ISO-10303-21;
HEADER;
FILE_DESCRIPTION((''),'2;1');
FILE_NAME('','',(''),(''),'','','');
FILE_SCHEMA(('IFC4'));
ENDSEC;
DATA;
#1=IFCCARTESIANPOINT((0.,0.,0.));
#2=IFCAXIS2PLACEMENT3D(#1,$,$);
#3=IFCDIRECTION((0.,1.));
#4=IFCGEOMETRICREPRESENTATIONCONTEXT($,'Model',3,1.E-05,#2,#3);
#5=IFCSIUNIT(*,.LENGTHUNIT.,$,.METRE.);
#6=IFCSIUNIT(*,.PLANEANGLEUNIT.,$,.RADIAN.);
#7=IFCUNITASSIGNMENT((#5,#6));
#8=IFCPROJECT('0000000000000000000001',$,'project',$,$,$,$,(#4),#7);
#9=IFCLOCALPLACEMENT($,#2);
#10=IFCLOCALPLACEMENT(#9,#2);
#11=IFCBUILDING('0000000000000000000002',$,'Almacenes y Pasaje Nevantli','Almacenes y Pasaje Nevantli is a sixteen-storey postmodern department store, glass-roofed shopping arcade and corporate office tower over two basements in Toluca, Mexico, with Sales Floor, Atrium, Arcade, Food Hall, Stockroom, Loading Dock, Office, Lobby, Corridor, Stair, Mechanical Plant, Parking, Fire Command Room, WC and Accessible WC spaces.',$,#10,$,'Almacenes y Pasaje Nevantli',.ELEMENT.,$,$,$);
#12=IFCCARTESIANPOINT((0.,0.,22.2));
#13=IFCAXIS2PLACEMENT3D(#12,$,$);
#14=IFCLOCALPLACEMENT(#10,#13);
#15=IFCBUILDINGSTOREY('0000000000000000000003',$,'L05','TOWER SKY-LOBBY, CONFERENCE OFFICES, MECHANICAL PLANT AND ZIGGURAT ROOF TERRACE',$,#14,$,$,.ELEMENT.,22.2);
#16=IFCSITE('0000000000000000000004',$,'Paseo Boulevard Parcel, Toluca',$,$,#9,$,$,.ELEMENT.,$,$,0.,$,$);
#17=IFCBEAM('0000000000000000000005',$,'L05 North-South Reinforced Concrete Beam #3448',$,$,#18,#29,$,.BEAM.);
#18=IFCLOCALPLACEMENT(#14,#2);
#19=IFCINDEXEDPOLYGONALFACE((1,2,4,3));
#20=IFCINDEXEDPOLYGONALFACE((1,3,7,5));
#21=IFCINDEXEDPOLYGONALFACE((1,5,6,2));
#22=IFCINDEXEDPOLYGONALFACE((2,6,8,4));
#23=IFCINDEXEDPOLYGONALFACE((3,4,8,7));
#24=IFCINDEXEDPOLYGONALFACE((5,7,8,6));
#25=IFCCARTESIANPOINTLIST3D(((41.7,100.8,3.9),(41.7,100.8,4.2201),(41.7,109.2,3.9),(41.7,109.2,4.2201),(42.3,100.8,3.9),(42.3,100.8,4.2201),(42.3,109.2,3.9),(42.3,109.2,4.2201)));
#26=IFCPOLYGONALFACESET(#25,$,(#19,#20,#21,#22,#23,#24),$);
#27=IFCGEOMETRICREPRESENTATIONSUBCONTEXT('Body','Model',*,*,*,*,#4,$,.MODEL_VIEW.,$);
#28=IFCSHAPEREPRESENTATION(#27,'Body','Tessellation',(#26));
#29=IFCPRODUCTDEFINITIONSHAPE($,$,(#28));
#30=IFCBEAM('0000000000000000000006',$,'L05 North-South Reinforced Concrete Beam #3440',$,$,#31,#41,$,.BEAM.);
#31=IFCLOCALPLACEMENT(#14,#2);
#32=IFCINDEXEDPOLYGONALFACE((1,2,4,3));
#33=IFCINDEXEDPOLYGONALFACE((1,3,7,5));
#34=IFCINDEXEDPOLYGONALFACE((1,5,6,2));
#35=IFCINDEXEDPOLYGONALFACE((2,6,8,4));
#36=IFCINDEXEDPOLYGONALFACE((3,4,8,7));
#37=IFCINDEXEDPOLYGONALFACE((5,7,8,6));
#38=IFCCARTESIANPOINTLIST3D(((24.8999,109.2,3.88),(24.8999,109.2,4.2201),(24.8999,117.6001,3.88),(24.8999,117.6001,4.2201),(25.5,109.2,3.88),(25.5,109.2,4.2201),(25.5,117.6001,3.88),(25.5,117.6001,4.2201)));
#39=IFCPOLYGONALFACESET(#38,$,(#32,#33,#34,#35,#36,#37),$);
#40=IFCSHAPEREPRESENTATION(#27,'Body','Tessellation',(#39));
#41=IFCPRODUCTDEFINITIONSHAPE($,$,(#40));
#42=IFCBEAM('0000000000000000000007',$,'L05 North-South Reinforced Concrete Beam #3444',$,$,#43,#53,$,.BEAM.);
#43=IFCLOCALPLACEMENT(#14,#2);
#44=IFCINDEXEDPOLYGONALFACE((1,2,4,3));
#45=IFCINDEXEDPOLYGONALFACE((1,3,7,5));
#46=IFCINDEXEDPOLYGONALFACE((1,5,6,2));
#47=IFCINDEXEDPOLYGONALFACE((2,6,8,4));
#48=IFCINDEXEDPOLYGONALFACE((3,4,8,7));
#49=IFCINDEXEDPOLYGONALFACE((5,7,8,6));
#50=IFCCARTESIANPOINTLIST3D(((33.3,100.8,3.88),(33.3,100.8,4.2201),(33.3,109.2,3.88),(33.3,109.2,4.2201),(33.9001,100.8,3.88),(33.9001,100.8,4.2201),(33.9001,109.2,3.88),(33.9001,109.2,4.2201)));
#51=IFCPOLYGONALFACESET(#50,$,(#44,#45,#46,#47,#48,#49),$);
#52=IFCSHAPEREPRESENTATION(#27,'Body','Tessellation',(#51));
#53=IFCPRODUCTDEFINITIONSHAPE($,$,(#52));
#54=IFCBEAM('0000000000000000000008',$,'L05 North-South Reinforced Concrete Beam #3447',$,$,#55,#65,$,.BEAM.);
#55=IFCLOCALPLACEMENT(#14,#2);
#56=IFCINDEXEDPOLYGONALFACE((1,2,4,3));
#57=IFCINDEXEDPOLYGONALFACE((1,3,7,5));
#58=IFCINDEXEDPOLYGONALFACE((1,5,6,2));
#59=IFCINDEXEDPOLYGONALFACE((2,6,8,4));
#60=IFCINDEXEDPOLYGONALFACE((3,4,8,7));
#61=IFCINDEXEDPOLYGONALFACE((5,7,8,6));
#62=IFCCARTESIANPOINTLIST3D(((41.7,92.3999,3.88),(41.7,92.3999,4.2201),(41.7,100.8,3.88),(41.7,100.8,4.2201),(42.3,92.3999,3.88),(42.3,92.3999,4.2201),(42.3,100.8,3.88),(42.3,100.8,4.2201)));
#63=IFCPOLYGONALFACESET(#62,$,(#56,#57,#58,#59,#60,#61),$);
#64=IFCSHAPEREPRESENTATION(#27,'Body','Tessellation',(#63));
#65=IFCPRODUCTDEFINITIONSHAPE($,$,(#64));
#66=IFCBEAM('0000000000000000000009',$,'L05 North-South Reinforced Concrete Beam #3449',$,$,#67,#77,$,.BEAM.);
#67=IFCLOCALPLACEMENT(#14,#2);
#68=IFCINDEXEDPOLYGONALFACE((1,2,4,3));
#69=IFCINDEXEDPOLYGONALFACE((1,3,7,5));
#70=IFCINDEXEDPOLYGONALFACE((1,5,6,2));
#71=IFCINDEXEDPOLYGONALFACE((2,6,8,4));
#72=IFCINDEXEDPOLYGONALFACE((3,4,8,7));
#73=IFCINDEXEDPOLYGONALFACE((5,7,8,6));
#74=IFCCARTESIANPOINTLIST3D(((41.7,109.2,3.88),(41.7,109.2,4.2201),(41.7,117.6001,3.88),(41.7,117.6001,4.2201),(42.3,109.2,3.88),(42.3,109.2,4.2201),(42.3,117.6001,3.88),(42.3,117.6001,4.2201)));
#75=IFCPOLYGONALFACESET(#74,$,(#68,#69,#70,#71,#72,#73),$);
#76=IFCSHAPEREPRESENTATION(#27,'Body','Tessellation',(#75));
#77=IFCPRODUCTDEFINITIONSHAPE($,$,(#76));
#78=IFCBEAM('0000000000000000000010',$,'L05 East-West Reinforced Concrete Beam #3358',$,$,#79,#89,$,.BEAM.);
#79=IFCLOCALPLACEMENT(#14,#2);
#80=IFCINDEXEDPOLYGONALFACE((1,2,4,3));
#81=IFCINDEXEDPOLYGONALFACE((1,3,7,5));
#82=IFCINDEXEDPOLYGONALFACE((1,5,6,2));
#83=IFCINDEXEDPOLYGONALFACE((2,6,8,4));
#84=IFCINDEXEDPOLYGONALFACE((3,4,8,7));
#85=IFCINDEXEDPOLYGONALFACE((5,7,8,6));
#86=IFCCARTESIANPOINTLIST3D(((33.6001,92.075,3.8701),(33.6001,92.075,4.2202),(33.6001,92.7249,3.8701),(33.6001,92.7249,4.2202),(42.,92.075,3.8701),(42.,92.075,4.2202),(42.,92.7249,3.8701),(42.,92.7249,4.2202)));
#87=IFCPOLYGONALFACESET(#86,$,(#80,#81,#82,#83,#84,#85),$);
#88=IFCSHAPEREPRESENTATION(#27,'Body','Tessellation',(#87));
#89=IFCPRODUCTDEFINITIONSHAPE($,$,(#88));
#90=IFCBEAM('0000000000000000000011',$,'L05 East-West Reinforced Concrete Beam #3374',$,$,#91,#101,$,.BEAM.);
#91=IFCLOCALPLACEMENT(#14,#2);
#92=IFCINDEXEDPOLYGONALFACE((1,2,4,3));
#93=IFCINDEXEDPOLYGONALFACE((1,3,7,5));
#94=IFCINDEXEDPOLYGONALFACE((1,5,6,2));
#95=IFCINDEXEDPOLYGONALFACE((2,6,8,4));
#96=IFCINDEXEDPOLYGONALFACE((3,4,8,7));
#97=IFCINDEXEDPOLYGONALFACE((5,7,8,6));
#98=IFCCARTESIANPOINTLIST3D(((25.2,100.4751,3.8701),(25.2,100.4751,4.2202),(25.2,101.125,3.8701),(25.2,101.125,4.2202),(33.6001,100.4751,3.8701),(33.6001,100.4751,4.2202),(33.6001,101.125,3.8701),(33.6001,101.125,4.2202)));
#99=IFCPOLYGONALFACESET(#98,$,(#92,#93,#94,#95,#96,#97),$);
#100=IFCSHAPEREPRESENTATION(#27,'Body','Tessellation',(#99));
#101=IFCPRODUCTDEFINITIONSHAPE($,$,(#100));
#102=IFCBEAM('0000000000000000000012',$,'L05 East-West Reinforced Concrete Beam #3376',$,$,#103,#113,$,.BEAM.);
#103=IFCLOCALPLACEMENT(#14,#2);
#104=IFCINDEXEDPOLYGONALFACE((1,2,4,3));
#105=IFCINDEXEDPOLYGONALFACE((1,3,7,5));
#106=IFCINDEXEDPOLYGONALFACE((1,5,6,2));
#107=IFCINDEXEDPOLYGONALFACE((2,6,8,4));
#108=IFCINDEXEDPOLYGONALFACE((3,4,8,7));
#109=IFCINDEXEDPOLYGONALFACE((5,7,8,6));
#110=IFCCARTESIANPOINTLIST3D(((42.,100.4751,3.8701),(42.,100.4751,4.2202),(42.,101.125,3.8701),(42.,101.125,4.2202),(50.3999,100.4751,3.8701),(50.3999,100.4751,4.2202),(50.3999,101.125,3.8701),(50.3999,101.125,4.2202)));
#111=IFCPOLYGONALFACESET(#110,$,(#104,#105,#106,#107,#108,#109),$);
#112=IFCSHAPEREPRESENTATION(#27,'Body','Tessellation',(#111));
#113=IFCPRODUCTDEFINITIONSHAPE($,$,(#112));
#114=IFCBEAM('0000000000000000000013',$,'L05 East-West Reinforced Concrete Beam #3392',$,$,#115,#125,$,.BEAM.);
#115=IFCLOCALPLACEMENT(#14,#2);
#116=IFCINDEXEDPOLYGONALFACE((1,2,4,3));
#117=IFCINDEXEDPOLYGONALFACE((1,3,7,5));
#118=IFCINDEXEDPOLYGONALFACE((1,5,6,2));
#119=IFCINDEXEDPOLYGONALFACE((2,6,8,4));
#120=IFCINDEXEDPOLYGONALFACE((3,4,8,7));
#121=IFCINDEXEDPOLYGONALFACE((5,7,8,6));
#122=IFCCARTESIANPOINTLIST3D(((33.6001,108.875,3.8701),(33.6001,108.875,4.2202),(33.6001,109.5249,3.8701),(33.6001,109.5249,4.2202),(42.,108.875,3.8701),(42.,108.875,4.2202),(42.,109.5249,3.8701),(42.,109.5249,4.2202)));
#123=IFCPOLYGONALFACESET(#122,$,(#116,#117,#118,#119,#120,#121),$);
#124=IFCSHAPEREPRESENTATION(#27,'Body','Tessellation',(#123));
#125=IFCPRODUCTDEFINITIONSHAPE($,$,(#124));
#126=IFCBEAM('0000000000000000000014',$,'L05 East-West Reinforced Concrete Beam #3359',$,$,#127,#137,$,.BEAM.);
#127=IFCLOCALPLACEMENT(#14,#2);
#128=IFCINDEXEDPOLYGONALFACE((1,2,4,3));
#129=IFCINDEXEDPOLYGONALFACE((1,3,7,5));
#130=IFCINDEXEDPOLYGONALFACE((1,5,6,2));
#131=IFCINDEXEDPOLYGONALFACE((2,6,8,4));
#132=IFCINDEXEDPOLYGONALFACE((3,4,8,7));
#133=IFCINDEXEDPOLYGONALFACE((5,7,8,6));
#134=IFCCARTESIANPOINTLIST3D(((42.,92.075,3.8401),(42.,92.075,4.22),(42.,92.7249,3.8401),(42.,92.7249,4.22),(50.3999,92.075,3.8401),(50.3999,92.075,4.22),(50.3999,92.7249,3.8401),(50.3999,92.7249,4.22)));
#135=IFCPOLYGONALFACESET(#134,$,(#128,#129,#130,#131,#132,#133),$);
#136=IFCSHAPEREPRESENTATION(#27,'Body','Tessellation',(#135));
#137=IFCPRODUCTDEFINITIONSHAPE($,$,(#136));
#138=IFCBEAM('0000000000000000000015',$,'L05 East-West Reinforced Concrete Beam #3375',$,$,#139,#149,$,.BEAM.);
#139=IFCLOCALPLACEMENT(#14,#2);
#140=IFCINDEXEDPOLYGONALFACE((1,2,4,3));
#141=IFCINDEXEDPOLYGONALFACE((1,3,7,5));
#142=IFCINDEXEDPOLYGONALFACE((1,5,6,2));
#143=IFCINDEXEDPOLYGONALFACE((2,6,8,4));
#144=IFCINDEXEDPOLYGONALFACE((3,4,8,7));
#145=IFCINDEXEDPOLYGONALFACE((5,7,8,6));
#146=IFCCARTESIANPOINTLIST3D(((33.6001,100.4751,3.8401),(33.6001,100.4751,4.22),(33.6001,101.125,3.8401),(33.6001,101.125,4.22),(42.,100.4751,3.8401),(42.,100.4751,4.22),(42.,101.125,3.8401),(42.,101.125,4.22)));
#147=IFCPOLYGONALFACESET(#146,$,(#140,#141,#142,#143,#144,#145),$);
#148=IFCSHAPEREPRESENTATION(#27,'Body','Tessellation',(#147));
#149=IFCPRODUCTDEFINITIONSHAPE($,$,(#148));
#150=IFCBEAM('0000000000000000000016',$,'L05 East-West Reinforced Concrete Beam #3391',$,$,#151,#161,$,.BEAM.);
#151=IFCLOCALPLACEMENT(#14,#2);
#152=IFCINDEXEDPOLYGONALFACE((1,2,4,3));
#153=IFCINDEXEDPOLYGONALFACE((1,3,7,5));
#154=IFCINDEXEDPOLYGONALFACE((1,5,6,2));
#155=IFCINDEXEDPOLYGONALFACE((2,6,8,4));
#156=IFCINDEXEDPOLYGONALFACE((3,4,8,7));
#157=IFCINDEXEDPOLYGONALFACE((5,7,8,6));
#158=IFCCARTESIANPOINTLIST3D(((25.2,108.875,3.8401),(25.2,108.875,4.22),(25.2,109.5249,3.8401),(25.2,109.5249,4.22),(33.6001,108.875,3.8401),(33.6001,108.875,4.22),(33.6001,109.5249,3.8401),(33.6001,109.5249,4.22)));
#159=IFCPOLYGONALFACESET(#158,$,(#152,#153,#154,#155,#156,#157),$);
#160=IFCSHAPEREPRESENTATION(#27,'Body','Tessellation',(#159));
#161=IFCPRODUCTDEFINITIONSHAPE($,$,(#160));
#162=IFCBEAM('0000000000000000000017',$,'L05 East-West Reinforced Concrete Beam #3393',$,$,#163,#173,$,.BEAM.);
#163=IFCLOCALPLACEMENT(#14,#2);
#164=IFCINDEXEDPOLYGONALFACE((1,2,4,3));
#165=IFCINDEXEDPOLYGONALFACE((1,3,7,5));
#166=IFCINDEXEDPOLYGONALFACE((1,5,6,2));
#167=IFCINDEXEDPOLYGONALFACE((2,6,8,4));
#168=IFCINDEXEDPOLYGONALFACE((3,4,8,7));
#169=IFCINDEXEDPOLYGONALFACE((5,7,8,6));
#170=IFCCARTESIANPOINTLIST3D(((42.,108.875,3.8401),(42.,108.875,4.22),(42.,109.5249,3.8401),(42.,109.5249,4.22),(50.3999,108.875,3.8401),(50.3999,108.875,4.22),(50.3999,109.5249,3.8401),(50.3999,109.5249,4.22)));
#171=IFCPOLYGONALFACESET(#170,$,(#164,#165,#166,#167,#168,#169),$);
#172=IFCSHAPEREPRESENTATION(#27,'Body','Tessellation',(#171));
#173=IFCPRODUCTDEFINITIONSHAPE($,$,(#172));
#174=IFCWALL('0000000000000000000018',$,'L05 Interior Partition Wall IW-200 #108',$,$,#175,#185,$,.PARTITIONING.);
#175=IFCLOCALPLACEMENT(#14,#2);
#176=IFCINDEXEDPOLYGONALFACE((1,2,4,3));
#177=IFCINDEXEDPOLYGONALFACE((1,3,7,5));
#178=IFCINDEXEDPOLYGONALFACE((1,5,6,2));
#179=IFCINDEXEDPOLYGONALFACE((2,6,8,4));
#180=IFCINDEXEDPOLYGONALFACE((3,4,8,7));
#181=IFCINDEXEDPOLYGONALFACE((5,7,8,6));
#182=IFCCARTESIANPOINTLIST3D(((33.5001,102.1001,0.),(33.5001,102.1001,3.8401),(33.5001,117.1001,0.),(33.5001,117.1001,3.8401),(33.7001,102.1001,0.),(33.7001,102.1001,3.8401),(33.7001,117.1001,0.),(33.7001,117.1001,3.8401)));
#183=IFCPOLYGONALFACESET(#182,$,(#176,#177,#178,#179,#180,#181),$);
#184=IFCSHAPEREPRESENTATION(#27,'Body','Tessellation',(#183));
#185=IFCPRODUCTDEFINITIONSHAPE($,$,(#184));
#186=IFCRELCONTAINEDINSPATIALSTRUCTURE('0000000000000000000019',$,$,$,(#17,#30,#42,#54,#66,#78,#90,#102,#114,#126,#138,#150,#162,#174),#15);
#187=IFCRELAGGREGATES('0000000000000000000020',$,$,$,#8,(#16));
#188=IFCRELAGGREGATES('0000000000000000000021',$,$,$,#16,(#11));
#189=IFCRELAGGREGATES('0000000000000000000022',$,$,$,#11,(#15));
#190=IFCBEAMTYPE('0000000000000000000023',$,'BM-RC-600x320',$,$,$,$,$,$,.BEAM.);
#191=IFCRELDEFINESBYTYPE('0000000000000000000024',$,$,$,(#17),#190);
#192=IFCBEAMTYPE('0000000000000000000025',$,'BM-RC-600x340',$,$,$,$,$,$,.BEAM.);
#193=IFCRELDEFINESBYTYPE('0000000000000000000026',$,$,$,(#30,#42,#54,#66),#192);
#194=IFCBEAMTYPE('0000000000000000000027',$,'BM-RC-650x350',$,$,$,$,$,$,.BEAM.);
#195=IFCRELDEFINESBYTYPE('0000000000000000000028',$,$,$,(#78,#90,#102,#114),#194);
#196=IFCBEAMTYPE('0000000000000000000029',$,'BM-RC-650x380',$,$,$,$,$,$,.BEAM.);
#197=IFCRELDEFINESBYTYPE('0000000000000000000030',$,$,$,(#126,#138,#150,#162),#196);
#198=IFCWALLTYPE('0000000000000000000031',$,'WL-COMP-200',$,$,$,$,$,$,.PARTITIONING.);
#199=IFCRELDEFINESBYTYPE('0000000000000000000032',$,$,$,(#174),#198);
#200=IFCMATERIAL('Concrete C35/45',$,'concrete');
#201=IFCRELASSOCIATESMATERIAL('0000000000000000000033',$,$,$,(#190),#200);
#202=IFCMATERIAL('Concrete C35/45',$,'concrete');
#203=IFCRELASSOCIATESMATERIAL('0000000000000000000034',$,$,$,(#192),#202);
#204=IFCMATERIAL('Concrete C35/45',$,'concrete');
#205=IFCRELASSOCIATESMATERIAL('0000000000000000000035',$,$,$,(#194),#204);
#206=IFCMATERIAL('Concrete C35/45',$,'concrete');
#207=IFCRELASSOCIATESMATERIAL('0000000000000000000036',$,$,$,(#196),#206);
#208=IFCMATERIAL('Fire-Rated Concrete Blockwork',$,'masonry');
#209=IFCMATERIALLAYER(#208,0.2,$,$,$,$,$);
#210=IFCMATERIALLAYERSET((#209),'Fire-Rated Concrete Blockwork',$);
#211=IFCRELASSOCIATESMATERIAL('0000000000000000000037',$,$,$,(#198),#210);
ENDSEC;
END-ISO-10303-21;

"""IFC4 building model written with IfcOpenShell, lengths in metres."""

from ifc_helpers import new_model, si_unit, direction, frame, frame_2d, origin, origin_2d, place, context, subcontext, project, spatial, rectangle, extrude, material, layer, layer_set, material_profile, profile_set, type_object, element, save


model = new_model("IFC4")

# Units and contexts
model_context = context("Model", 3, precision=1e-05, world=origin(), true_north=direction((0.0, 1.0)))
body_context = subcontext(model_context, "Body", "Model", "MODEL_VIEW")
ifc_project = project(units=[si_unit("LENGTHUNIT", "METRE"), si_unit("PLANEANGLEUNIT", "RADIAN")], contexts=[model_context])

# Site, building, storey
site_placement = place(None, origin())
site = spatial("IfcSite", under=ifc_project, at=site_placement, Name="Paseo Boulevard Parcel, Toluca", CompositionType="ELEMENT", RefElevation=0.0)
building_placement = place(site_placement, origin())
building = spatial("IfcBuilding", under=site, at=building_placement, Name="Almacenes y Pasaje Nevantli", Description="Almacenes y Pasaje Nevantli is a sixteen-storey postmodern department store, glass-roofed shopping arcade and corporate office tower over two basements in Toluca, Mexico, with Sales Floor, Atrium, Arcade, Food Hall, Stockroom, Loading Dock, Office, Lobby, Corridor, Stair, Mechanical Plant, Parking, Fire Command Room, WC and Accessible WC spaces.", LongName="Almacenes y Pasaje Nevantli", CompositionType="ELEMENT")
storey_placement = place(building_placement, frame((0.0, 0.0, 22.2)))
storey = spatial("IfcBuildingStorey", under=building, at=storey_placement, Name="L05", Description="TOWER SKY-LOBBY, CONFERENCE OFFICES, MECHANICAL PLANT AND ZIGGURAT ROOF TERRACE", CompositionType="ELEMENT", Elevation=22.2)

# Beams
ifc_material_1 = material(Name="Concrete C35/45", Category="concrete")
ifc_material_profile_1 = material_profile(ifc_material_1, rectangle(XDim=0.6001, YDim=0.3201, at=origin_2d()), Name="RC-BM-600x320")
ifc_profile_set_1 = profile_set([ifc_material_profile_1], Name="Concrete C35/45")
beam_type_1 = type_object("IfcBeamType", Name="BM-RC-600x320", PredefinedType="BEAM", material=ifc_profile_set_1)
beam_1_placement = place(storey_placement, frame((42.0, 100.8, 4.0601), z_axis=(0.0, 1.0, 0.0), x_axis=(-1.0, 0.0, 0.0)))
element("IfcBeam", 1, at=beam_1_placement, inside=storey, type_object=beam_type_1, Name="L05 North-South Reinforced Concrete Beam #3448", PredefinedType="BEAM", context=body_context, shape_type="SweptSolid", body=[
    extrude(rectangle(XDim=0.6001, YDim=0.3201, at=origin_2d()), origin(), (0.0, 0.0, 1.0), 8.3999),
])
ifc_material_2 = material(Name="Concrete C35/45", Category="concrete")
ifc_material_profile_2 = material_profile(ifc_material_2, rectangle(XDim=0.6001, YDim=0.3401, at=origin_2d()), Name="RC-BM-600x340")
ifc_profile_set_2 = profile_set([ifc_material_profile_2], Name="Concrete C35/45")
beam_type_2 = type_object("IfcBeamType", Name="BM-RC-600x340", PredefinedType="BEAM", material=ifc_profile_set_2)
beam_2_placement = place(storey_placement, frame((25.2, 109.2, 4.05), z_axis=(0.0, 1.0, 0.0), x_axis=(-1.0, 0.0, 0.0)))
element("IfcBeam", 2, at=beam_2_placement, inside=storey, type_object=beam_type_2, Name="L05 North-South Reinforced Concrete Beam #3440", PredefinedType="BEAM", context=body_context, shape_type="SweptSolid", body=[
    extrude(rectangle(XDim=0.6001, YDim=0.3401, at=origin_2d()), origin(), (0.0, 0.0, 1.0), 8.4001),
])
beam_3_placement = place(storey_placement, frame((33.6001, 100.8, 4.05), z_axis=(0.0, 1.0, 0.0), x_axis=(-1.0, 0.0, 0.0)))
element("IfcBeam", 3, at=beam_3_placement, inside=storey, type_object=beam_type_2, Name="L05 North-South Reinforced Concrete Beam #3444", PredefinedType="BEAM", context=body_context, shape_type="SweptSolid", body=[
    extrude(rectangle(XDim=0.6001, YDim=0.3401, at=origin_2d()), origin(), (0.0, 0.0, 1.0), 8.3999),
])
for number, where, z_axis, x_axis, name in (
    (4, (42.0, 92.3999, 4.05), (0.0, 1.0, 0.0), (-1.0, 0.0, 0.0), "L05 North-South Reinforced Concrete Beam #3447"),
    (5, (42.0, 109.2, 4.05), (0.0, 1.0, 0.0), (-1.0, 0.0, 0.0), "L05 North-South Reinforced Concrete Beam #3449"),
):
    element("IfcBeam", number, at=place(storey_placement, frame(where, z_axis=z_axis, x_axis=x_axis)), inside=storey, type_object=beam_type_2, Name=name, PredefinedType="BEAM", context=body_context, shape_type="SweptSolid", body=[
        extrude(rectangle(XDim=0.6001, YDim=0.3401, at=origin_2d()), origin(), (0.0, 0.0, 1.0), 8.4001),
    ])
ifc_material_3 = material(Name="Concrete C35/45", Category="concrete")
ifc_material_profile_3 = material_profile(ifc_material_3, rectangle(XDim=0.6499, YDim=0.3501, at=origin_2d()), Name="RC-BM-650x350")
ifc_profile_set_3 = profile_set([ifc_material_profile_3], Name="Concrete C35/45")
beam_type_3 = type_object("IfcBeamType", Name="BM-RC-650x350", PredefinedType="BEAM", material=ifc_profile_set_3)
beam_4_placement = place(storey_placement, frame((33.6001, 92.3999, 4.0452), z_axis=(1.0, 0.0, 0.0), x_axis=(0.0, 1.0, 0.0)))
element("IfcBeam", 6, at=beam_4_placement, inside=storey, type_object=beam_type_3, Name="L05 East-West Reinforced Concrete Beam #3358", PredefinedType="BEAM", context=body_context, shape_type="SweptSolid", body=[
    extrude(rectangle(XDim=0.6499, YDim=0.3501, at=origin_2d()), origin(), (0.0, 0.0, 1.0), 8.3999),
])
beam_5_placement = place(storey_placement, frame((25.2, 100.8, 4.0452), z_axis=(1.0, 0.0, 0.0), x_axis=(0.0, 1.0, 0.0)))
element("IfcBeam", 7, at=beam_5_placement, inside=storey, type_object=beam_type_3, Name="L05 East-West Reinforced Concrete Beam #3374", PredefinedType="BEAM", context=body_context, shape_type="SweptSolid", body=[
    extrude(rectangle(XDim=0.6499, YDim=0.3501, at=origin_2d()), origin(), (0.0, 0.0, 1.0), 8.4001),
])
for number, where, z_axis, x_axis, name in (
    (8, (42.0, 100.8, 4.0452), (1.0, 0.0, 0.0), (0.0, 1.0, 0.0), "L05 East-West Reinforced Concrete Beam #3376"),
    (9, (33.6001, 109.2, 4.0452), (1.0, 0.0, 0.0), (0.0, 1.0, 0.0), "L05 East-West Reinforced Concrete Beam #3392"),
):
    element("IfcBeam", number, at=place(storey_placement, frame(where, z_axis=z_axis, x_axis=x_axis)), inside=storey, type_object=beam_type_3, Name=name, PredefinedType="BEAM", context=body_context, shape_type="SweptSolid", body=[
        extrude(rectangle(XDim=0.6499, YDim=0.3501, at=origin_2d()), origin(), (0.0, 0.0, 1.0), 8.3999),
    ])
ifc_material_4 = material(Name="Concrete C35/45", Category="concrete")
ifc_material_profile_4 = material_profile(ifc_material_4, rectangle(XDim=0.6499, YDim=0.3799, at=origin_2d()), Name="RC-BM-650x380")
ifc_profile_set_4 = profile_set([ifc_material_profile_4], Name="Concrete C35/45")
beam_type_4 = type_object("IfcBeamType", Name="BM-RC-650x380", PredefinedType="BEAM", material=ifc_profile_set_4)
for number, where, z_axis, x_axis, name in (
    (10, (42.0, 92.3999, 4.03), (1.0, 0.0, 0.0), (0.0, 1.0, 0.0), "L05 East-West Reinforced Concrete Beam #3359"),
    (11, (33.6001, 100.8, 4.03), (1.0, 0.0, 0.0), (0.0, 1.0, 0.0), "L05 East-West Reinforced Concrete Beam #3375"),
):
    element("IfcBeam", number, at=place(storey_placement, frame(where, z_axis=z_axis, x_axis=x_axis)), inside=storey, type_object=beam_type_4, Name=name, PredefinedType="BEAM", context=body_context, shape_type="SweptSolid", body=[
        extrude(rectangle(XDim=0.6499, YDim=0.3799, at=origin_2d()), origin(), (0.0, 0.0, 1.0), 8.3999),
    ])
beam_6_placement = place(storey_placement, frame((25.2, 109.2, 4.03), z_axis=(1.0, 0.0, 0.0), x_axis=(0.0, 1.0, 0.0)))
element("IfcBeam", 12, at=beam_6_placement, inside=storey, type_object=beam_type_4, Name="L05 East-West Reinforced Concrete Beam #3391", PredefinedType="BEAM", context=body_context, shape_type="SweptSolid", body=[
    extrude(rectangle(XDim=0.6499, YDim=0.3799, at=origin_2d()), origin(), (0.0, 0.0, 1.0), 8.4001),
])
beam_7_placement = place(storey_placement, frame((42.0, 109.2, 4.03), z_axis=(1.0, 0.0, 0.0), x_axis=(0.0, 1.0, 0.0)))
element("IfcBeam", 13, at=beam_7_placement, inside=storey, type_object=beam_type_4, Name="L05 East-West Reinforced Concrete Beam #3393", PredefinedType="BEAM", context=body_context, shape_type="SweptSolid", body=[
    extrude(rectangle(XDim=0.6499, YDim=0.3799, at=origin_2d()), origin(), (0.0, 0.0, 1.0), 8.3999),
])

# Wall
ifc_material_5 = material(Name="Fire-Rated Concrete Blockwork", Category="masonry")
ifc_layer_1 = layer(ifc_material_5, 0.2)
ifc_layer_set_1 = layer_set([ifc_layer_1], Name="Fire-Rated Concrete Blockwork")
wall_type_1 = type_object("IfcWallType", Name="WL-COMP-200", PredefinedType="PARTITIONING", material=ifc_layer_set_1)
wall_1_placement = place(storey_placement, frame((33.6001, 102.1001, 0.0), z_axis=(0.0, 0.0, 1.0), x_axis=(0.0, 1.0, 0.0)))
element("IfcWall", 14, at=wall_1_placement, inside=storey, type_object=wall_type_1, Name="L05 Interior Partition Wall IW-200 #108", PredefinedType="PARTITIONING", context=body_context, shape_type="SweptSolid", body=[
    extrude(rectangle(XDim=15.0, YDim=0.2, at=frame_2d((7.5, 0.0))), origin(), (0.0, 0.0, 1.0), 3.8401),
])

save(model, "model.ifc")
